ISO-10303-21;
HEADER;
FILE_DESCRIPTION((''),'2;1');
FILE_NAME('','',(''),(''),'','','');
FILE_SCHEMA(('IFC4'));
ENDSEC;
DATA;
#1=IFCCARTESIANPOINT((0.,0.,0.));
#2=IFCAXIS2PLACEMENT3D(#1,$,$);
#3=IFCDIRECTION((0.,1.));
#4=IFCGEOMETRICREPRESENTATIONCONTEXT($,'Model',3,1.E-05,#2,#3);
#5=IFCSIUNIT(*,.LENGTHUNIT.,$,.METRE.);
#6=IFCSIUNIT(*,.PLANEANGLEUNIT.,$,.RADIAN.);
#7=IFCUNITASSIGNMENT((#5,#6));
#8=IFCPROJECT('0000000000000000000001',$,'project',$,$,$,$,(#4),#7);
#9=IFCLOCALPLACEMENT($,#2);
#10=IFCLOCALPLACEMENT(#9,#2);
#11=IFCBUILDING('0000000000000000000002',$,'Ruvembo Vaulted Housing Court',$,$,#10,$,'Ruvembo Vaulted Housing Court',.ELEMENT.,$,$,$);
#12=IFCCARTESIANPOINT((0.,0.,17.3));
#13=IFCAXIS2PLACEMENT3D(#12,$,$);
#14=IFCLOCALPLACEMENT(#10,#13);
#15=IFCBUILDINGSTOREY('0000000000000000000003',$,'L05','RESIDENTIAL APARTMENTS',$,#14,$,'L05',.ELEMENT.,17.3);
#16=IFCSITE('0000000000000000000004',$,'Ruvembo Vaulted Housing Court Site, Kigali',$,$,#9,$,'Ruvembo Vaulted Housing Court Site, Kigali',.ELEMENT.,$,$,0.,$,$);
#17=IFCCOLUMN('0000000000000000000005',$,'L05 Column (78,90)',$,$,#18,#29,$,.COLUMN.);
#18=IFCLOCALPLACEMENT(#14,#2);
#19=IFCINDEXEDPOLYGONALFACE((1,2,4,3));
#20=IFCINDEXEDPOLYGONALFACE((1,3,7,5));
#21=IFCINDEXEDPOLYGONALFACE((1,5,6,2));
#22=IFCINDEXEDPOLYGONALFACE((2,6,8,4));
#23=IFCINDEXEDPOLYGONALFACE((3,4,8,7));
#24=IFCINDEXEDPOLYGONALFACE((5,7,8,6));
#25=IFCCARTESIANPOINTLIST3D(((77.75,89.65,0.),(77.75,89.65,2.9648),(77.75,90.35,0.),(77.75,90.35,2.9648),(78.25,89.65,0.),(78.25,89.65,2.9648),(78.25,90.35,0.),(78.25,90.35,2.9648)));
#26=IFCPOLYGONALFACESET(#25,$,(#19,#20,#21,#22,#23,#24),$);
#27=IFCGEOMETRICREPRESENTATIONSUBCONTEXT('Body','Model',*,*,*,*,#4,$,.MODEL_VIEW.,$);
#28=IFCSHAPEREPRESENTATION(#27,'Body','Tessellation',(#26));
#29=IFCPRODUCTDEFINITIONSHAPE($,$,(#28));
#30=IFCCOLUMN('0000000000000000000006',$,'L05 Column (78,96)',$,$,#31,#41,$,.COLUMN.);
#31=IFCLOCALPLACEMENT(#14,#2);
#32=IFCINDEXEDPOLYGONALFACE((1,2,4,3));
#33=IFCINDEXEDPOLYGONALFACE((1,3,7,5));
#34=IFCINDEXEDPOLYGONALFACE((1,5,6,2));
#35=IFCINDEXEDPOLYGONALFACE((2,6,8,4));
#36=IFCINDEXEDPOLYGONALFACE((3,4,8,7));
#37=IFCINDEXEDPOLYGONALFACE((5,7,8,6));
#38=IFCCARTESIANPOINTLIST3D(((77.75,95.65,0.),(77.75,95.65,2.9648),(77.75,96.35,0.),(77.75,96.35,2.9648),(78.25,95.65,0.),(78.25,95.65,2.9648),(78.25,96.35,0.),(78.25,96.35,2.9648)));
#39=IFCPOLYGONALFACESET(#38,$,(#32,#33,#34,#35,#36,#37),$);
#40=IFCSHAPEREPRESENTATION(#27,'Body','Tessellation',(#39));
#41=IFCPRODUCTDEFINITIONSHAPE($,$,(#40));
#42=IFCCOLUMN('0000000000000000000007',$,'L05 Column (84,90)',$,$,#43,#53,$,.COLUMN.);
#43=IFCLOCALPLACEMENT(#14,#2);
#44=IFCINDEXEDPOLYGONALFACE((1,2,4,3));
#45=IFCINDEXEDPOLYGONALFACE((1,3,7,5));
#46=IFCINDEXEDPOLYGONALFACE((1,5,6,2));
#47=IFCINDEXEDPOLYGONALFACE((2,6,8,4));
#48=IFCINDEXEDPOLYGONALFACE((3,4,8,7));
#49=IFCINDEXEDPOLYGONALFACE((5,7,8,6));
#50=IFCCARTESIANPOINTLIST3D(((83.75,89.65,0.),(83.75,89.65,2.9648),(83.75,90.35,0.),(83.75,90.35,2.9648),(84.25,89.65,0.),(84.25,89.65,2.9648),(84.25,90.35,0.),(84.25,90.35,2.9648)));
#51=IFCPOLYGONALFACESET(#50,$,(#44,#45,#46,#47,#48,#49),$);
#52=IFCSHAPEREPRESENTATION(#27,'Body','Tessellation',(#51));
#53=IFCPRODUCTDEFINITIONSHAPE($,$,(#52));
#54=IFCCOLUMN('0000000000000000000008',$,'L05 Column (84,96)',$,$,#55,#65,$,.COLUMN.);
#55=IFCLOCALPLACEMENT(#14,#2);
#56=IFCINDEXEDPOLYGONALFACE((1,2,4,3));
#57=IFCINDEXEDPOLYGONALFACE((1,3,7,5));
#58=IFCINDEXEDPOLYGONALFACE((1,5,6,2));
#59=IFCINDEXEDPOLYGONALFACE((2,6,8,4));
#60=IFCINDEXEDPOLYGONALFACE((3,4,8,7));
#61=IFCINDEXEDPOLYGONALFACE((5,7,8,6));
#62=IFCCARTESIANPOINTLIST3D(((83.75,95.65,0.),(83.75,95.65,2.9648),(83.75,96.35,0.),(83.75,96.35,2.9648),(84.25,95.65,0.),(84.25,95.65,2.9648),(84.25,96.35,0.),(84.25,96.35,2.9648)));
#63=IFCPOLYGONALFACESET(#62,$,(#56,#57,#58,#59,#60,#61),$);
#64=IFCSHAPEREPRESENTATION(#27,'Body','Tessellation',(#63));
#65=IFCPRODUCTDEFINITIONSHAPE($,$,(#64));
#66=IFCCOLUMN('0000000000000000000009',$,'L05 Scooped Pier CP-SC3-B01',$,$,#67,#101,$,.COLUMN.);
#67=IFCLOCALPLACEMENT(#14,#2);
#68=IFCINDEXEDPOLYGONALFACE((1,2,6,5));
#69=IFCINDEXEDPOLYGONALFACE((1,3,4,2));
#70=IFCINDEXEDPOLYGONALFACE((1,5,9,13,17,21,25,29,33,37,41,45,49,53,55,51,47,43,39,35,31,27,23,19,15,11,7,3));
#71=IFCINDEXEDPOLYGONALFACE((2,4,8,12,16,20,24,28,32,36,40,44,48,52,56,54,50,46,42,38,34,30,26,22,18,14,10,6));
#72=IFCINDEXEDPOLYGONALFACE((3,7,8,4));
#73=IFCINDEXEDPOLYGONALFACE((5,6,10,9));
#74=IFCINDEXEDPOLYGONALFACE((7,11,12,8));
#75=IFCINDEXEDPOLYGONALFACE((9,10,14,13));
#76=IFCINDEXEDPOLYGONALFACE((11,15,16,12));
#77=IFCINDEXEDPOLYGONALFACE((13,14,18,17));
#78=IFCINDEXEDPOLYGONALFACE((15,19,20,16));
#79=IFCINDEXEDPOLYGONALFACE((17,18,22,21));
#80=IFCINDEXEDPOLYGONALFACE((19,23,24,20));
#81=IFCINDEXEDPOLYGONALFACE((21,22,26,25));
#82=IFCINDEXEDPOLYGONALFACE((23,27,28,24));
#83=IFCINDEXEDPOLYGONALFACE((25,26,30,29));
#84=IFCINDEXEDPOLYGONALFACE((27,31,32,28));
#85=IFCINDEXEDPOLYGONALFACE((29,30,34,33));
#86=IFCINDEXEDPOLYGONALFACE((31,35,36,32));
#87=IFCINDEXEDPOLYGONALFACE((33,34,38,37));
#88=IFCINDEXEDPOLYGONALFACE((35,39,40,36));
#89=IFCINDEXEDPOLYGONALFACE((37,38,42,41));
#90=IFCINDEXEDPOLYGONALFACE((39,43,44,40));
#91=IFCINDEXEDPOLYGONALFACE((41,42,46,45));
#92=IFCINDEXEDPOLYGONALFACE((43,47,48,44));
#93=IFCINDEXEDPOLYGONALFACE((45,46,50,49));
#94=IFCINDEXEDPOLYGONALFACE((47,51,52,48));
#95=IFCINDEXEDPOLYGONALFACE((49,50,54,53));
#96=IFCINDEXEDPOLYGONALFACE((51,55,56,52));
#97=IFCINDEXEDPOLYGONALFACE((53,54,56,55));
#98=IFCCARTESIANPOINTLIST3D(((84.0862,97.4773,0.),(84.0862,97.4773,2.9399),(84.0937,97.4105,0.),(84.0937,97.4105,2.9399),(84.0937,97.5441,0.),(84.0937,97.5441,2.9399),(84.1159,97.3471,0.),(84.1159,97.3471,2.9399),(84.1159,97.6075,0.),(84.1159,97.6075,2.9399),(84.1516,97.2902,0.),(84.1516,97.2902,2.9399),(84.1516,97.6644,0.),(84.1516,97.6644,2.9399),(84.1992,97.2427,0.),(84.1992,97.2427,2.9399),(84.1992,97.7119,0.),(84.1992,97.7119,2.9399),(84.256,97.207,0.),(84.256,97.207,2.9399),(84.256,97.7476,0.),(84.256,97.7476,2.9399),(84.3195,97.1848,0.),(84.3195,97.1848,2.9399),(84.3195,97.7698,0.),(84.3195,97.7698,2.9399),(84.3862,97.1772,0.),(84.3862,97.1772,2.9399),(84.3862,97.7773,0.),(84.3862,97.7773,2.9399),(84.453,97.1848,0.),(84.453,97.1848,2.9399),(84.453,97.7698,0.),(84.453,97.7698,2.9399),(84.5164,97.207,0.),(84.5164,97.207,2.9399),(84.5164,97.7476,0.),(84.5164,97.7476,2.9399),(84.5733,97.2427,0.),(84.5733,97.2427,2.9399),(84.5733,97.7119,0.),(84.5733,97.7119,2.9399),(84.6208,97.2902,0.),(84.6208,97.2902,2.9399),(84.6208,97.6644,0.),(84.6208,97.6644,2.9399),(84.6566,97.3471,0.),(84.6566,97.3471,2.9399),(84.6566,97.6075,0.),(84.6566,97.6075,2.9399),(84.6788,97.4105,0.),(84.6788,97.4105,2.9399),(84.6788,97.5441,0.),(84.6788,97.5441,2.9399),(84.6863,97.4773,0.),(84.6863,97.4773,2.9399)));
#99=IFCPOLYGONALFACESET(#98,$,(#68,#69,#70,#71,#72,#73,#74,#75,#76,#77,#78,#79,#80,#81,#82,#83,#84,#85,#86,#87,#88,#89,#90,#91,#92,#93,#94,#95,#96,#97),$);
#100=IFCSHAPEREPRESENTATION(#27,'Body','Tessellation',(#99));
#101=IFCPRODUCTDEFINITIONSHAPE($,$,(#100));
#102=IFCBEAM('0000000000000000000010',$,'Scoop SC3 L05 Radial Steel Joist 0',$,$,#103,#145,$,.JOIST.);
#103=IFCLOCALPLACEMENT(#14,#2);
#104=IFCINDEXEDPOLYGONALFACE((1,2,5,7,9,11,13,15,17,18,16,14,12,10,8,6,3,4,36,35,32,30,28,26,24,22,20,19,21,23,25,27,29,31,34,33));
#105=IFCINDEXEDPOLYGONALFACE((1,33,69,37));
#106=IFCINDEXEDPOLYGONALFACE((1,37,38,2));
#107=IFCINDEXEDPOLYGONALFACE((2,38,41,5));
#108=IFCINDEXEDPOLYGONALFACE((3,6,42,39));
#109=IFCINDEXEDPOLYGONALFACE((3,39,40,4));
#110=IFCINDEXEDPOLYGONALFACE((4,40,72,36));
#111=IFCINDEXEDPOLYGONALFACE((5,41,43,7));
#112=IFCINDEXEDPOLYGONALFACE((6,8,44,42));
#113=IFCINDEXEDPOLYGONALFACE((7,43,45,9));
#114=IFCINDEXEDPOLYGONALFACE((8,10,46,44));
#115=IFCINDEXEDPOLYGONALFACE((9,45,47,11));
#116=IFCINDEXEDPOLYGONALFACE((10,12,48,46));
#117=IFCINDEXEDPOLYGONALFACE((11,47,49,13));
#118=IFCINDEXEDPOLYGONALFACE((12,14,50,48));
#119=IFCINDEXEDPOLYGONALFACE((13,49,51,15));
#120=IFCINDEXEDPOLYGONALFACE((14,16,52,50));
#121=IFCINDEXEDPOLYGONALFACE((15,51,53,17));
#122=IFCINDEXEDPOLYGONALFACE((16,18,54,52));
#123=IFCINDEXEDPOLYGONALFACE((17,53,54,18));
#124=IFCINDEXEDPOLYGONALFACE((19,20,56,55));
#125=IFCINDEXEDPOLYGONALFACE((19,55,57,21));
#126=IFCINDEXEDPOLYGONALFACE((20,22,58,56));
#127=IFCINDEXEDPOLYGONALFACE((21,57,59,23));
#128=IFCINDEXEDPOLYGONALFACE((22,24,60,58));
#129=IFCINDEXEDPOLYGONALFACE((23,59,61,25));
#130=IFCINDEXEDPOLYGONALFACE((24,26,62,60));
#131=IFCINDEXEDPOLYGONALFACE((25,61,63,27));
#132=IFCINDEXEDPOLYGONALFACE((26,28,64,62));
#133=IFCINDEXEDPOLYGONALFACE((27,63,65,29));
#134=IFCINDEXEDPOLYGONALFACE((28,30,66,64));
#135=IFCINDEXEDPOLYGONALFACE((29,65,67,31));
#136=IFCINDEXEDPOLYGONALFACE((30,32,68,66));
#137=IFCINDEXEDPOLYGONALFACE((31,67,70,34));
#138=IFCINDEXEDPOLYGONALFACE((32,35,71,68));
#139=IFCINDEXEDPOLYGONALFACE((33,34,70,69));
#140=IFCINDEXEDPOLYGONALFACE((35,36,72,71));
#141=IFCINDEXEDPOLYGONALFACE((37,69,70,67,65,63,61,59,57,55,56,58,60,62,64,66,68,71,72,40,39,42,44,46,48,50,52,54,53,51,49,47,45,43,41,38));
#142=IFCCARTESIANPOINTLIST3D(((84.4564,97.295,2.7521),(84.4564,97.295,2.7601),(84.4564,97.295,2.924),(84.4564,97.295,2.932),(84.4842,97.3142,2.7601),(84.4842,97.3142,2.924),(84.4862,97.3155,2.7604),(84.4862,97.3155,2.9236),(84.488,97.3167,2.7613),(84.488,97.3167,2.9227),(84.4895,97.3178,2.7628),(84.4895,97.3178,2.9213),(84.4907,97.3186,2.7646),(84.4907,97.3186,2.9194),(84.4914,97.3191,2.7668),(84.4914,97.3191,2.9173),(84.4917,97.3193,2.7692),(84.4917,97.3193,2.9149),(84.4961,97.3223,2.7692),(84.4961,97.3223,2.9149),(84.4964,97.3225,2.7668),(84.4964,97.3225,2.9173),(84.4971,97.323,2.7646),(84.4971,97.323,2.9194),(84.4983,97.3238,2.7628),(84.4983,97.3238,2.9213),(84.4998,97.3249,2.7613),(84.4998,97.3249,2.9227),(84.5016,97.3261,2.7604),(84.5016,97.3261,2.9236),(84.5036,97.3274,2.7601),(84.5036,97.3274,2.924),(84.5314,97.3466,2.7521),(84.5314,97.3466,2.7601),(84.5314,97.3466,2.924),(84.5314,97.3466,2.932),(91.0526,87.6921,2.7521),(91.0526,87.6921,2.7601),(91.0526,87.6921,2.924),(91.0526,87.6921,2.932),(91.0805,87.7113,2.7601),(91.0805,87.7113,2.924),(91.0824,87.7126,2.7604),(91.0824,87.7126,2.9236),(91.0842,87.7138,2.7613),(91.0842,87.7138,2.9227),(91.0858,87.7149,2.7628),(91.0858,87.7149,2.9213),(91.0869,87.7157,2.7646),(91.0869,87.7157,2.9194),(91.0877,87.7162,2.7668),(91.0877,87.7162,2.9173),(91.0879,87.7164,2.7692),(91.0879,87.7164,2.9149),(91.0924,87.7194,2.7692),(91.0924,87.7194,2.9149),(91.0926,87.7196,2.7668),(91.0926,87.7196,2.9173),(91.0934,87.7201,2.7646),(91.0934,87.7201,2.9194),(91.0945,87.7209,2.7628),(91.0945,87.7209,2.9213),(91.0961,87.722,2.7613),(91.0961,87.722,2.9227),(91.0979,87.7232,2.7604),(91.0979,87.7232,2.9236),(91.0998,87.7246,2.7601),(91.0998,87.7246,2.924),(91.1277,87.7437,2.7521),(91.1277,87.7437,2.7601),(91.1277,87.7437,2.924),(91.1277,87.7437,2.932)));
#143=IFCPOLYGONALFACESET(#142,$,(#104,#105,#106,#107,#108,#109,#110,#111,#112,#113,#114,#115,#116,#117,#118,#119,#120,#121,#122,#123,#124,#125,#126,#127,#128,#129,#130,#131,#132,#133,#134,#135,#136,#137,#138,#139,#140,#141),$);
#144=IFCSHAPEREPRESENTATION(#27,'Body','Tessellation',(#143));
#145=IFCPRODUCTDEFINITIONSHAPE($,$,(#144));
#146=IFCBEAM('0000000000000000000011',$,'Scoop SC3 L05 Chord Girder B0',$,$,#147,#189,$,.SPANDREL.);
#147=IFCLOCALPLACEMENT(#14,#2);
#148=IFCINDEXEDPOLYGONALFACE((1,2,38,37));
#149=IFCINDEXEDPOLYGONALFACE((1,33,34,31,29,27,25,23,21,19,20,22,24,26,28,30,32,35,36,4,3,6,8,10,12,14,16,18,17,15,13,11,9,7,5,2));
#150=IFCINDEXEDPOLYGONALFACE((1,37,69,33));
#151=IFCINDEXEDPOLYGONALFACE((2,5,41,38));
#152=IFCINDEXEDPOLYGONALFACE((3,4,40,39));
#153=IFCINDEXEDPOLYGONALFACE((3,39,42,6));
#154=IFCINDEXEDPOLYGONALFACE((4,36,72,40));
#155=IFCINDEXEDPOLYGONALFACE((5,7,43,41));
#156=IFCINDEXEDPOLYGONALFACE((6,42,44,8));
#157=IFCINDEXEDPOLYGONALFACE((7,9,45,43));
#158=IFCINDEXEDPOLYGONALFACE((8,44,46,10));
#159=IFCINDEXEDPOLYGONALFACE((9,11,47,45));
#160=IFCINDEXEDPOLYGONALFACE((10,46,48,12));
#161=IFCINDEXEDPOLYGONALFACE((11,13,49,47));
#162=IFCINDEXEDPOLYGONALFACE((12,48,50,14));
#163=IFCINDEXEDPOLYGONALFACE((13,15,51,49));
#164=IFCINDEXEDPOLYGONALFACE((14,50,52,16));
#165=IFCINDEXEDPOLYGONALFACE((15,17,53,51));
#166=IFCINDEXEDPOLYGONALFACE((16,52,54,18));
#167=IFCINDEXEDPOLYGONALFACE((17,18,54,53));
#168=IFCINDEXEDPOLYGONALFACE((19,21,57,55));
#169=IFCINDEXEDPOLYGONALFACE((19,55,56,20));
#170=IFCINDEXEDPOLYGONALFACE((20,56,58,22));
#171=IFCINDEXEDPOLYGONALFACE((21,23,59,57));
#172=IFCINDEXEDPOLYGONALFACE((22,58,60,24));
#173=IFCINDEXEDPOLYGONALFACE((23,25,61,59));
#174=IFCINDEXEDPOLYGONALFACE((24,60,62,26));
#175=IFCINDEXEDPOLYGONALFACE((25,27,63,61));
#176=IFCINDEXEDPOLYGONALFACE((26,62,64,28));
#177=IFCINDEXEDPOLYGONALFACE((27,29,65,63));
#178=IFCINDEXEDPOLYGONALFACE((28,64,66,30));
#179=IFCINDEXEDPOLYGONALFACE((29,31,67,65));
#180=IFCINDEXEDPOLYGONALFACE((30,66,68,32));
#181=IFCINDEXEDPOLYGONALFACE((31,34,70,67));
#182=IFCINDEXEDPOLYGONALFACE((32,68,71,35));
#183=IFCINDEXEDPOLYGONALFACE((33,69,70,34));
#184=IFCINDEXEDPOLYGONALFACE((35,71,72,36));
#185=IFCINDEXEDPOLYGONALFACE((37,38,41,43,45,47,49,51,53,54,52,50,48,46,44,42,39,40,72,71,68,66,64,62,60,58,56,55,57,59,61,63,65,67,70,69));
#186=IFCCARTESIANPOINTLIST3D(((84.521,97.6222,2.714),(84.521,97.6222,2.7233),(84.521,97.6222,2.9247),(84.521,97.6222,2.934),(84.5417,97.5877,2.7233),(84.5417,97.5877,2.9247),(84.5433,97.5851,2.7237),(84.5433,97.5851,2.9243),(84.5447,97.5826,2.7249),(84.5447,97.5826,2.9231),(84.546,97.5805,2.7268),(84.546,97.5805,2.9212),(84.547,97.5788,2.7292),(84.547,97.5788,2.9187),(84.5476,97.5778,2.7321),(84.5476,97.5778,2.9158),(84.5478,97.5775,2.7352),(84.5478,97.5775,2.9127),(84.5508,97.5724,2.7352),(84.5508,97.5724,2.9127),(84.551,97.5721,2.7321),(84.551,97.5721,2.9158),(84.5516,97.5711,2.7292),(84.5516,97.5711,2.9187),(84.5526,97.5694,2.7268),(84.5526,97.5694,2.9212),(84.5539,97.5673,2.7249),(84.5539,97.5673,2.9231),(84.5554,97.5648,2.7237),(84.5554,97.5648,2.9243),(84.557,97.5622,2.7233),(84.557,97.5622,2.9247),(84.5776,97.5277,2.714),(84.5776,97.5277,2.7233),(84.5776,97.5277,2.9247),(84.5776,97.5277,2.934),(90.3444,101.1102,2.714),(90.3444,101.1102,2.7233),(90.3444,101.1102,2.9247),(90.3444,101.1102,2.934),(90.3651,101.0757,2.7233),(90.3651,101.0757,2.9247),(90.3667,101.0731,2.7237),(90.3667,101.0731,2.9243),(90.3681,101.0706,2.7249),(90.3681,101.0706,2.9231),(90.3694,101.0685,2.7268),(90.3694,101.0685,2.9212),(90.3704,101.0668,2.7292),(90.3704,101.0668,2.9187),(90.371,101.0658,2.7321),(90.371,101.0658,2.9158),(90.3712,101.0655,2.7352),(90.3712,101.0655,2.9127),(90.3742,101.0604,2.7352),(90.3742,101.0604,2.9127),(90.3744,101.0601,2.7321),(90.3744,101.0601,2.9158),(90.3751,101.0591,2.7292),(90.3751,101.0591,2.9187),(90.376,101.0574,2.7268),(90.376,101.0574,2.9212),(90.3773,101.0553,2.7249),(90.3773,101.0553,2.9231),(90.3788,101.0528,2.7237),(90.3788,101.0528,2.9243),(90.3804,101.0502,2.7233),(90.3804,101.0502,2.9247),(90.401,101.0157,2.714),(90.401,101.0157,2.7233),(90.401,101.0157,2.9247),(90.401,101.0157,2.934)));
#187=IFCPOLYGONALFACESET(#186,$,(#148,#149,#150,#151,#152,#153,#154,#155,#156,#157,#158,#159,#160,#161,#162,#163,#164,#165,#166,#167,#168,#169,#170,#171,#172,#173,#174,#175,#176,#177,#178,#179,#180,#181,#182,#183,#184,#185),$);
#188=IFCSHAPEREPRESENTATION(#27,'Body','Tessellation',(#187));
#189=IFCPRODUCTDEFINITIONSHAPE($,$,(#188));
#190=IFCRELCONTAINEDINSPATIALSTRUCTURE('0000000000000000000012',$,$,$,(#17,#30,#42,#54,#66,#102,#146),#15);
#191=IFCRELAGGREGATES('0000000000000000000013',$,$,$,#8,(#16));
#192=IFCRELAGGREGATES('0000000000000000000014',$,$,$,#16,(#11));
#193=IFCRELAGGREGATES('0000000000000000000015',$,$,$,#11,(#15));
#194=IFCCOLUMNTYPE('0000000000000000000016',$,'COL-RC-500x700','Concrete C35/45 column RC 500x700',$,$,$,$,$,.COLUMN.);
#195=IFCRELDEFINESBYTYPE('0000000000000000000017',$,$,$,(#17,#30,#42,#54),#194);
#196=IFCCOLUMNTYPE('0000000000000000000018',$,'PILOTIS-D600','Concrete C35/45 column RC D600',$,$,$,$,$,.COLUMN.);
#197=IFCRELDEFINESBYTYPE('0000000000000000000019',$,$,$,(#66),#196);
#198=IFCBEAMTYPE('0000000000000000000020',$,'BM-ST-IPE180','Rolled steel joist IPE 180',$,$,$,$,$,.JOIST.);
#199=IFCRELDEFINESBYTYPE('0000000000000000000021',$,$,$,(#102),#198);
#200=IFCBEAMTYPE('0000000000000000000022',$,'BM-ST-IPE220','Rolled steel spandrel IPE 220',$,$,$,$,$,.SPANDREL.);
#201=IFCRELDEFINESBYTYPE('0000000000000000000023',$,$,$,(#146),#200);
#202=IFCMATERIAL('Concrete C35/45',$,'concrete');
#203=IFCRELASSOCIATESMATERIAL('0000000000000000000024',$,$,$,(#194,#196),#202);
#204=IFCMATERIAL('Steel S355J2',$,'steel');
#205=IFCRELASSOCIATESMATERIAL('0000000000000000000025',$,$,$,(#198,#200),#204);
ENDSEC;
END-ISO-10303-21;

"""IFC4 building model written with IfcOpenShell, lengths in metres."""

from ifc_helpers import new_model, si_unit, direction, frame, origin, origin_2d, place, context, subcontext, project, spatial, rectangle, circle, i_section, extrude, material, material_profile, profile_set, type_object, element, save


model = new_model("IFC4")

# Units and contexts
model_context = context("Model", 3, precision=1e-05, world=origin(), true_north=direction((0.0, 1.0)))
body_context = subcontext(model_context, "Body", "Model", "MODEL_VIEW")
ifc_project = project(units=[si_unit("LENGTHUNIT", "METRE"), si_unit("PLANEANGLEUNIT", "RADIAN")], contexts=[model_context])

# Site, building, storey
site_placement = place(None, origin())
site = spatial("IfcSite", under=ifc_project, at=site_placement, Name="Ruvembo Vaulted Housing Court Site, Kigali", LongName="Ruvembo Vaulted Housing Court Site, Kigali", CompositionType="ELEMENT", RefElevation=0.0)
building_placement = place(site_placement, origin())
building = spatial("IfcBuilding", under=site, at=building_placement, Name="Ruvembo Vaulted Housing Court", LongName="Ruvembo Vaulted Housing Court", CompositionType="ELEMENT")
storey_placement = place(building_placement, frame((0.0, 0.0, 17.3)))
storey = spatial("IfcBuildingStorey", under=building, at=storey_placement, Name="L05", Description="RESIDENTIAL APARTMENTS", LongName="L05", CompositionType="ELEMENT", Elevation=17.3)

# Columns
ifc_material_1 = material(Name="Concrete C35/45", Category="concrete")
ifc_material_profile_1 = material_profile(ifc_material_1, rectangle(XDim=0.5, YDim=0.7, at=origin_2d()), Name="RC 500x700")
ifc_profile_set_1 = profile_set([ifc_material_profile_1], Name="Concrete C35/45")
column_type_1 = type_object("IfcColumnType", Name="COL-RC-500x700", Description="Concrete C35/45 column RC 500x700", PredefinedType="COLUMN", material=ifc_profile_set_1)
for number, where, z_axis, x_axis, name in (
    (1, (78.0, 90.0, 0.0), (0.0, 0.0, 1.0), (1.0, 0.0, 0.0), "L05 Column (78,90)"),
    (2, (78.0, 96.0, 0.0), (0.0, 0.0, 1.0), (1.0, 0.0, 0.0), "L05 Column (78,96)"),
    (3, (84.0, 90.0, 0.0), (0.0, 0.0, 1.0), (1.0, 0.0, 0.0), "L05 Column (84,90)"),
    (4, (84.0, 96.0, 0.0), (0.0, 0.0, 1.0), (1.0, 0.0, 0.0), "L05 Column (84,96)"),
):
    element("IfcColumn", number, at=place(storey_placement, frame(where, z_axis=z_axis, x_axis=x_axis)), inside=storey, type_object=column_type_1, Name=name, PredefinedType="COLUMN", context=body_context, shape_type="SweptSolid", body=[
        extrude(rectangle(XDim=0.5, YDim=0.7, at=origin_2d()), origin(), (0.0, 0.0, 1.0), 2.9648),
    ])
ifc_material_profile_2 = material_profile(ifc_material_1, circle(Radius=0.3, at=origin_2d()), Name="RC D600")
ifc_profile_set_2 = profile_set([ifc_material_profile_2], Name="Concrete C35/45")
column_type_2 = type_object("IfcColumnType", Name="PILOTIS-D600", Description="Concrete C35/45 column RC D600", PredefinedType="COLUMN", material=ifc_profile_set_2)
column_placement = place(storey_placement, frame((84.3862, 97.4773, 0.0), z_axis=(0.0, 0.0, 1.0), x_axis=(1.0, 0.0, 0.0)))
element("IfcColumn", 5, at=column_placement, inside=storey, type_object=column_type_2, Name="L05 Scooped Pier CP-SC3-B01", PredefinedType="COLUMN", context=body_context, shape_type="SweptSolid", body=[
    extrude(circle(Radius=0.3, at=origin_2d()), origin(), (0.0, 0.0, 1.0), 2.9399),
])

# Beams
ifc_material_2 = material(Name="Steel S355J2", Category="steel")
ifc_material_profile_3 = material_profile(ifc_material_2, i_section(OverallWidth=0.0911, OverallDepth=0.1799, WebThickness=0.0054, FlangeThickness=0.0081, FilletRadius=0.009, at=origin_2d()), Name="IPE 180")
ifc_profile_set_3 = profile_set([ifc_material_profile_3], Name="Steel S355J2")
beam_type_1 = type_object("IfcBeamType", Name="BM-ST-IPE180", Description="Rolled steel joist IPE 180", PredefinedType="JOIST", material=ifc_profile_set_3)
beam_1_placement = place(storey_placement, frame((84.4939, 97.3208, 2.842), z_axis=(0.566195, -0.824271, 0.0), x_axis=(0.824271, 0.566195, 0.0)))
element("IfcBeam", 6, at=beam_1_placement, inside=storey, type_object=beam_type_1, Name="Scoop SC3 L05 Radial Steel Joist 0", PredefinedType="JOIST", context=body_context, shape_type="SweptSolid", body=[
    extrude(i_section(OverallWidth=0.0911, OverallDepth=0.1799, WebThickness=0.0054, FlangeThickness=0.0081, FilletRadius=0.009, at=origin_2d()), origin(), (0.0, 0.0, 1.0), 11.6501),
])
ifc_material_profile_4 = material_profile(ifc_material_2, i_section(OverallWidth=0.1101, OverallDepth=0.22, WebThickness=0.0059, FlangeThickness=0.0093, FilletRadius=0.012, at=origin_2d()), Name="IPE 220")
ifc_profile_set_4 = profile_set([ifc_material_profile_4], Name="Steel S355J2")
beam_type_2 = type_object("IfcBeamType", Name="BM-ST-IPE220", Description="Rolled steel spandrel IPE 220", PredefinedType="SPANDREL", material=ifc_profile_set_4)
beam_2_placement = place(storey_placement, frame((84.5493, 97.575, 2.824), z_axis=(0.857886, 0.51384, 0.0), x_axis=(-0.51384, 0.857886, 0.0)))
element("IfcBeam", 7, at=beam_2_placement, inside=storey, type_object=beam_type_2, Name="Scoop SC3 L05 Chord Girder B0", PredefinedType="SPANDREL", context=body_context, shape_type="SweptSolid", body=[
    extrude(i_section(OverallWidth=0.1101, OverallDepth=0.22, WebThickness=0.0059, FlangeThickness=0.0093, FilletRadius=0.012, at=origin_2d()), origin(), (0.0, 0.0, 1.0), 6.7881),
])

save(model, "model.ifc")
